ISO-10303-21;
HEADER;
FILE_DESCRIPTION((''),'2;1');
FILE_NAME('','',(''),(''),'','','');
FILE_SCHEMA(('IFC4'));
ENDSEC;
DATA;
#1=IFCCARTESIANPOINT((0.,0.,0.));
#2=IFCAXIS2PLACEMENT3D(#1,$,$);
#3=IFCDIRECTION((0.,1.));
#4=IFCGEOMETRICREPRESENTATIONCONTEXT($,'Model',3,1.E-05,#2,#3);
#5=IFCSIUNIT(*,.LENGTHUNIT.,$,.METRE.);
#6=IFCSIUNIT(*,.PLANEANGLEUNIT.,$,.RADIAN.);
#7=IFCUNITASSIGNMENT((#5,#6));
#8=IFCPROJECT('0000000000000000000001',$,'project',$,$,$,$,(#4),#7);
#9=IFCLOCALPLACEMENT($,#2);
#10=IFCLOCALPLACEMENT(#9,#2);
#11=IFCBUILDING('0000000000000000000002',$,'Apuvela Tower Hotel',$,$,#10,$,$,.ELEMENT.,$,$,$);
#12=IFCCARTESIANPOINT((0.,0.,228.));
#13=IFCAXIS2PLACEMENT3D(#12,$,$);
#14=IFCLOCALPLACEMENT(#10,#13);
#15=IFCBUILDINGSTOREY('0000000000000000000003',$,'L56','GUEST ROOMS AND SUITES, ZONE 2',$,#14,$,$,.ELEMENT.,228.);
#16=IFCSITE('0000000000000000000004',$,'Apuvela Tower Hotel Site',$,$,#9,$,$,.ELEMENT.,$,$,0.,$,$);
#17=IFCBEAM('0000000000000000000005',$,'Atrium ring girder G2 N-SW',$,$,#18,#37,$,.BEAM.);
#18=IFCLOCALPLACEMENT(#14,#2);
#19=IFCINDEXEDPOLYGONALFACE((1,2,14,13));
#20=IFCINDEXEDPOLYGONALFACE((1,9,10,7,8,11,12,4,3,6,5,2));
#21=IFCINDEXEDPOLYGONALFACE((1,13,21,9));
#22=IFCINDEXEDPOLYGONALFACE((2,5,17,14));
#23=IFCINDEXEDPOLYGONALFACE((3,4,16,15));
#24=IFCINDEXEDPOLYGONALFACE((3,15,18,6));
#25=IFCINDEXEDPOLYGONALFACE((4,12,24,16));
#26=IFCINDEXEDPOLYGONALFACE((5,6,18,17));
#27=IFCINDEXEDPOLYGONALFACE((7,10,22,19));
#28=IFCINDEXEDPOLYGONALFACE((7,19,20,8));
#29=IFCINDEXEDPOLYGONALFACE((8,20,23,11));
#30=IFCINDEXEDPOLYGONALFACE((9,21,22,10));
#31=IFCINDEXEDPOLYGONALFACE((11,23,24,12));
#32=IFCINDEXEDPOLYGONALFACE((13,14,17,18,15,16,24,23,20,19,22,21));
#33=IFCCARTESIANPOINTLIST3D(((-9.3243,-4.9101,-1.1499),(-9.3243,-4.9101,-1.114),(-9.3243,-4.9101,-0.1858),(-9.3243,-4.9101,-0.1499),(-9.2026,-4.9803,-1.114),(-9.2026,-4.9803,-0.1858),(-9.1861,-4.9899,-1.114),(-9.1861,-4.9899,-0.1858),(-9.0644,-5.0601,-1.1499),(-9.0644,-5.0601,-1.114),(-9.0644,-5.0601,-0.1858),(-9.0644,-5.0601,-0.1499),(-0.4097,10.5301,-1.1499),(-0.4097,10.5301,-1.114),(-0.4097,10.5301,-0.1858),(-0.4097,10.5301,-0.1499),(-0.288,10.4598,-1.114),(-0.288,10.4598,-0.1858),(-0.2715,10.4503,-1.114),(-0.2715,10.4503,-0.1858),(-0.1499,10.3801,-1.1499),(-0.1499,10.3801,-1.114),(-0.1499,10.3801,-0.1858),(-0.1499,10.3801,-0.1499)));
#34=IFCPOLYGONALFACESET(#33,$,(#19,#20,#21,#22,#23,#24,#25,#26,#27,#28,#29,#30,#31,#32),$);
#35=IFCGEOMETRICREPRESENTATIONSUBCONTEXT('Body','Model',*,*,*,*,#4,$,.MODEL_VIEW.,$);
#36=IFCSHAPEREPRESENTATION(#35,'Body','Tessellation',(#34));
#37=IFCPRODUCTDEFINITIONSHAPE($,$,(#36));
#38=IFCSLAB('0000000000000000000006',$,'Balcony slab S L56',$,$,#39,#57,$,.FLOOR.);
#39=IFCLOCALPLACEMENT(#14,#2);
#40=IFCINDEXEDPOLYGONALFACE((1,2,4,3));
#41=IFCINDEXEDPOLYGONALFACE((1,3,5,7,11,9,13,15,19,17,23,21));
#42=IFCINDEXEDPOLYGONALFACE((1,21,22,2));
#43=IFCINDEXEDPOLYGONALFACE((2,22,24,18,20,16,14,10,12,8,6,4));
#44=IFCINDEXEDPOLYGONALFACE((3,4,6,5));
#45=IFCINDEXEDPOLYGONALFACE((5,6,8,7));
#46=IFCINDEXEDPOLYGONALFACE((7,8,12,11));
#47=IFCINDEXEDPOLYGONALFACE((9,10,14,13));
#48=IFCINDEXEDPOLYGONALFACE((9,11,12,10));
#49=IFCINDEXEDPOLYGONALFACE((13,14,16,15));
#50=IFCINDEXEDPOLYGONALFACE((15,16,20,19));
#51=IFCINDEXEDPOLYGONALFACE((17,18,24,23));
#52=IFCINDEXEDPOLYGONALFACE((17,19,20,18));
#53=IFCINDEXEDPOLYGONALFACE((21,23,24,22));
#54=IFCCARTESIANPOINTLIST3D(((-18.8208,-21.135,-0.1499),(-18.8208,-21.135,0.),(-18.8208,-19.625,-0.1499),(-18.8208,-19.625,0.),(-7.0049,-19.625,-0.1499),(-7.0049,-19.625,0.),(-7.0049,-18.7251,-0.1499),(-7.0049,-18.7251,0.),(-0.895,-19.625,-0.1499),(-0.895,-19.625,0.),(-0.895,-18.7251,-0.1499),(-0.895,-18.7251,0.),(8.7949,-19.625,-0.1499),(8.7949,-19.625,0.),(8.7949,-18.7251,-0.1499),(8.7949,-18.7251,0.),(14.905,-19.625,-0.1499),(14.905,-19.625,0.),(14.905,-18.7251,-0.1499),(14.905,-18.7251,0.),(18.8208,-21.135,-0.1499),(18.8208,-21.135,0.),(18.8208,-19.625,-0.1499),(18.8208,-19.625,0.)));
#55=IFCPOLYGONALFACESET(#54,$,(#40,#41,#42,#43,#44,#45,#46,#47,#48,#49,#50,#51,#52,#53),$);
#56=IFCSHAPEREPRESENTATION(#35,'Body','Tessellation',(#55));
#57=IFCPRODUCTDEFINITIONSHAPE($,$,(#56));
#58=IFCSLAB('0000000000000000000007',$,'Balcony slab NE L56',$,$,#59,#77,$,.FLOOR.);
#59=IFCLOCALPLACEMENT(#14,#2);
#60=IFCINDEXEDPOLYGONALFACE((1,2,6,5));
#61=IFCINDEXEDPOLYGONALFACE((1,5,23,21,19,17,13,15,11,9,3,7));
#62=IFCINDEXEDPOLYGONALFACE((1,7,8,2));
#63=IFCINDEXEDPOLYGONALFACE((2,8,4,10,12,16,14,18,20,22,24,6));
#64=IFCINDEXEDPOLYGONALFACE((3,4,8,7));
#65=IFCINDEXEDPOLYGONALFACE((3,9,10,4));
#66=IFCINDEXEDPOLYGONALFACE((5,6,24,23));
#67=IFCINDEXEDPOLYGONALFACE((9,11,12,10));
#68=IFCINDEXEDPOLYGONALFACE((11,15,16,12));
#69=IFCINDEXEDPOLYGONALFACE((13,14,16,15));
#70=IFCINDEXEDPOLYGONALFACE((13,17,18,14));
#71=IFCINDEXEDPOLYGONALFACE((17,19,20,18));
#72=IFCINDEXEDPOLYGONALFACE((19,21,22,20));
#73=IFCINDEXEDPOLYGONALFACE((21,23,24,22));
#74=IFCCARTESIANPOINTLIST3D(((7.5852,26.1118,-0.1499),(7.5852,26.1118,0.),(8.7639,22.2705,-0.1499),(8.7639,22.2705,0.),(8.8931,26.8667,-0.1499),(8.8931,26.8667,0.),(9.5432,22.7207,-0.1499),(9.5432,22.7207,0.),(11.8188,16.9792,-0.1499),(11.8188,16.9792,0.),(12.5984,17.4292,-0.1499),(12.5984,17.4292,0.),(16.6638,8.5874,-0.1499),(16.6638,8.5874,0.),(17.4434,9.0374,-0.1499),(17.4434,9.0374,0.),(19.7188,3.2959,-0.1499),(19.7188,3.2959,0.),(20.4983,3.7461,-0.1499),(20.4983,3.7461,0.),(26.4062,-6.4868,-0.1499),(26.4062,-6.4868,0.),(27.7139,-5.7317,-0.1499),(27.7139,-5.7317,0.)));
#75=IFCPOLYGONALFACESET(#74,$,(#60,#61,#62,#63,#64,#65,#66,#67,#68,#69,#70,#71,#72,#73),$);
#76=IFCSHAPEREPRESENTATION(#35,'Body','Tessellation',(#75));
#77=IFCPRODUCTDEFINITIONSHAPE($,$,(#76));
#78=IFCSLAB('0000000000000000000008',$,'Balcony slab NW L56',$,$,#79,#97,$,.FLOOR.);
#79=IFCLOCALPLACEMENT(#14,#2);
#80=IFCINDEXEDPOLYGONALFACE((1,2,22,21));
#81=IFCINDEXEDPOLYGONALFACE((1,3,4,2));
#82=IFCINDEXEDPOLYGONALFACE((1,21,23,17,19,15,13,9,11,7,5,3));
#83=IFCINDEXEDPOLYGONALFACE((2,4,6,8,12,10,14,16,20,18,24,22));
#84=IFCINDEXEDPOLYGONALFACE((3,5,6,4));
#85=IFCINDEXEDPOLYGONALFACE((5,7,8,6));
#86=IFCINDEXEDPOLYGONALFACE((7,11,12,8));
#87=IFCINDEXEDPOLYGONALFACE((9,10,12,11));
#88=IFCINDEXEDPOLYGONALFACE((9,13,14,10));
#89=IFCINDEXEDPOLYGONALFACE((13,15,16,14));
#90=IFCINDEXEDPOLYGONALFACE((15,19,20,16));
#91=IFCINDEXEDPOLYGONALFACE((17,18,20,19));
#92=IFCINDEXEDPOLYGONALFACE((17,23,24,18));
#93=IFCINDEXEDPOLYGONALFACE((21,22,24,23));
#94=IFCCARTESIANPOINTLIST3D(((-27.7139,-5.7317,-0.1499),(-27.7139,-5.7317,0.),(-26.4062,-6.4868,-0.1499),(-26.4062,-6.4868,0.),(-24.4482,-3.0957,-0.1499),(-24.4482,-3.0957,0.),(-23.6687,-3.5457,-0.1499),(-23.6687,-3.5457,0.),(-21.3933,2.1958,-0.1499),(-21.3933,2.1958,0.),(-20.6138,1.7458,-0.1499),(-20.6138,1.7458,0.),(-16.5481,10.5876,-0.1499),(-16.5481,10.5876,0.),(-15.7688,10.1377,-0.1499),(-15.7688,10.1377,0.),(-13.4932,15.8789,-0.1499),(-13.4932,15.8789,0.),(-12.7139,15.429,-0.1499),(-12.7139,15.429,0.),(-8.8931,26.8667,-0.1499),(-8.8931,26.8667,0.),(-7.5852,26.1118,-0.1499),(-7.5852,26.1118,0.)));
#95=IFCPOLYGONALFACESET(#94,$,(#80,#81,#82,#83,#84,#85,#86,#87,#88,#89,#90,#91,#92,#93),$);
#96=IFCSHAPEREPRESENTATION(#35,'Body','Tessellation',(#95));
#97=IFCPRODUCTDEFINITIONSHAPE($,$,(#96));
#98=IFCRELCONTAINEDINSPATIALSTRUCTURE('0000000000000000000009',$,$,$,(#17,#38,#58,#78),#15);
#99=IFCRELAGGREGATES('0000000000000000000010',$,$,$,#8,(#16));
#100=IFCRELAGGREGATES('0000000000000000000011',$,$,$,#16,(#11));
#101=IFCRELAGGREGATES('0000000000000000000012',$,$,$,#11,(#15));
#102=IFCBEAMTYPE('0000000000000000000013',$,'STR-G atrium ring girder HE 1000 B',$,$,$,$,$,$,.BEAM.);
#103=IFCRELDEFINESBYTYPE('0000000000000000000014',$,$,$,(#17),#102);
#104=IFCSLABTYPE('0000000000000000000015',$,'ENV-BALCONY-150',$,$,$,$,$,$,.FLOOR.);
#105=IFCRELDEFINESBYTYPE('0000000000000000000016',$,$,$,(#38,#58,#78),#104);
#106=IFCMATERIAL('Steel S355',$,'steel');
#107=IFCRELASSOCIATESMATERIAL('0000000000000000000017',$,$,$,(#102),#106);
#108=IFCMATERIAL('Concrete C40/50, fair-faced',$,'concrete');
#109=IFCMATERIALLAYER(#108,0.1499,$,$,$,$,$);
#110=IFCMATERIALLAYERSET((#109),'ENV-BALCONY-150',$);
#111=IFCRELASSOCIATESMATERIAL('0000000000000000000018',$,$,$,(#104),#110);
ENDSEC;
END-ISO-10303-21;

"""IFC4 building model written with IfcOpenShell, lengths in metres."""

from ifc_helpers import new_model, si_unit, direction, frame, origin, origin_2d, place, context, subcontext, project, spatial, polyline, i_section, outline, extrude, material, layer, layer_set, material_profile, profile_set, type_object, element, save


model = new_model("IFC4")

# Units and contexts
model_context = context("Model", 3, precision=1e-05, world=origin(), true_north=direction((0.0, 1.0)))
body_context = subcontext(model_context, "Body", "Model", "MODEL_VIEW")
ifc_project = project(units=[si_unit("LENGTHUNIT", "METRE"), si_unit("PLANEANGLEUNIT", "RADIAN")], contexts=[model_context])

# Site, building, storey
site_placement = place(None, origin())
site = spatial("IfcSite", under=ifc_project, at=site_placement, Name="Apuvela Tower Hotel Site", CompositionType="ELEMENT", RefElevation=0.0)
building_placement = place(site_placement, origin())
building = spatial("IfcBuilding", under=site, at=building_placement, Name="Apuvela Tower Hotel", CompositionType="ELEMENT")
storey_placement = place(building_placement, frame((0.0, 0.0, 228.0)))
storey = spatial("IfcBuildingStorey", under=building, at=storey_placement, Name="L56", Description="GUEST ROOMS AND SUITES, ZONE 2", CompositionType="ELEMENT", Elevation=228.0)

# Beam
ifc_material_1 = material(Name="Steel S355", Category="steel")
ifc_material_profile = material_profile(ifc_material_1, i_section(OverallWidth=0.3, OverallDepth=1.0, WebThickness=0.019, FlangeThickness=0.0359, at=origin_2d()), Name="HE 1000 B")
ifc_profile_set = profile_set([ifc_material_profile], Name="Steel S355")
beam_type = type_object("IfcBeamType", Name="STR-G atrium ring girder HE 1000 B", PredefinedType="BEAM", material=ifc_profile_set)
beam_placement = place(storey_placement, frame((-0.2798, 10.4551, -0.6499), z_axis=(-0.500007, -0.866022, 0.0), x_axis=(0.866022, -0.500007, 0.0)))
element("IfcBeam", 1, at=beam_placement, inside=storey, type_object=beam_type, Name="Atrium ring girder G2 N-SW", PredefinedType="BEAM", context=body_context, shape_type="SweptSolid", body=[
    extrude(i_section(OverallWidth=0.3, OverallDepth=1.0, WebThickness=0.019, FlangeThickness=0.0359, at=origin_2d()), origin(), (0.0, 0.0, 1.0), 17.8289),
])

# Slabs
ifc_material_2 = material(Name="Concrete C40/50, fair-faced", Category="concrete")
ifc_layer_1 = layer(ifc_material_2, 0.1499)
ifc_layer_set_1 = layer_set([ifc_layer_1], Name="ENV-BALCONY-150")
slab_type_1 = type_object("IfcSlabType", Name="ENV-BALCONY-150", PredefinedType="FLOOR", material=ifc_layer_set_1)
slab_1_placement = place(storey_placement, frame((0.0, 0.0, -0.1499)))
element("IfcSlab", 2, at=slab_1_placement, inside=storey, type_object=slab_type_1, Name="Balcony slab S L56", PredefinedType="FLOOR", context=body_context, shape_type="SweptSolid", body=[
    extrude(outline(polyline([(18.8208, -21.135), (-18.8208, -21.135), (-18.8208, -19.625), (-7.0049, -19.625), (-7.0049, -18.7251), (-0.895, -18.7251), (-0.895, -19.625), (8.7949, -19.625), (8.7949, -18.7251), (14.905, -18.7251), (14.905, -19.625), (18.8208, -19.625), (18.8208, -21.135)])), origin(), (0.0, 0.0, 1.0), 0.1499),
])
slab_2_placement = place(storey_placement, frame((0.0, 0.0, -0.1499)))
element("IfcSlab", 3, at=slab_2_placement, inside=storey, type_object=slab_type_1, Name="Balcony slab NE L56", PredefinedType="FLOOR", context=body_context, shape_type="SweptSolid", body=[
    extrude(outline(polyline([(17.4434, 9.0374), (12.5984, 17.4292), (11.8188, 16.9792), (8.7639, 22.2705), (9.5432, 22.7207), (7.5852, 26.1118), (8.8931, 26.8667), (27.7139, -5.7317), (26.4062, -6.4868), (20.4983, 3.7461), (19.7188, 3.2959), (16.6638, 8.5874), (17.4434, 9.0374)])), origin(), (0.0, 0.0, 1.0), 0.1499),
])
slab_3_placement = place(storey_placement, frame((0.0, 0.0, -0.1499)))
element("IfcSlab", 4, at=slab_3_placement, inside=storey, type_object=slab_type_1, Name="Balcony slab NW L56", PredefinedType="FLOOR", context=body_context, shape_type="SweptSolid", body=[
    extrude(outline(polyline([(-27.7139, -5.7317), (-8.8931, 26.8667), (-7.5852, 26.1118), (-13.4932, 15.8789), (-12.7139, 15.429), (-15.7688, 10.1377), (-16.5481, 10.5876), (-21.3933, 2.1958), (-20.6138, 1.7458), (-23.6687, -3.5457), (-24.4482, -3.0957), (-26.4062, -6.4868), (-27.7139, -5.7317)])), origin(), (0.0, 0.0, 1.0), 0.1499),
])

save(model, "model.ifc")
